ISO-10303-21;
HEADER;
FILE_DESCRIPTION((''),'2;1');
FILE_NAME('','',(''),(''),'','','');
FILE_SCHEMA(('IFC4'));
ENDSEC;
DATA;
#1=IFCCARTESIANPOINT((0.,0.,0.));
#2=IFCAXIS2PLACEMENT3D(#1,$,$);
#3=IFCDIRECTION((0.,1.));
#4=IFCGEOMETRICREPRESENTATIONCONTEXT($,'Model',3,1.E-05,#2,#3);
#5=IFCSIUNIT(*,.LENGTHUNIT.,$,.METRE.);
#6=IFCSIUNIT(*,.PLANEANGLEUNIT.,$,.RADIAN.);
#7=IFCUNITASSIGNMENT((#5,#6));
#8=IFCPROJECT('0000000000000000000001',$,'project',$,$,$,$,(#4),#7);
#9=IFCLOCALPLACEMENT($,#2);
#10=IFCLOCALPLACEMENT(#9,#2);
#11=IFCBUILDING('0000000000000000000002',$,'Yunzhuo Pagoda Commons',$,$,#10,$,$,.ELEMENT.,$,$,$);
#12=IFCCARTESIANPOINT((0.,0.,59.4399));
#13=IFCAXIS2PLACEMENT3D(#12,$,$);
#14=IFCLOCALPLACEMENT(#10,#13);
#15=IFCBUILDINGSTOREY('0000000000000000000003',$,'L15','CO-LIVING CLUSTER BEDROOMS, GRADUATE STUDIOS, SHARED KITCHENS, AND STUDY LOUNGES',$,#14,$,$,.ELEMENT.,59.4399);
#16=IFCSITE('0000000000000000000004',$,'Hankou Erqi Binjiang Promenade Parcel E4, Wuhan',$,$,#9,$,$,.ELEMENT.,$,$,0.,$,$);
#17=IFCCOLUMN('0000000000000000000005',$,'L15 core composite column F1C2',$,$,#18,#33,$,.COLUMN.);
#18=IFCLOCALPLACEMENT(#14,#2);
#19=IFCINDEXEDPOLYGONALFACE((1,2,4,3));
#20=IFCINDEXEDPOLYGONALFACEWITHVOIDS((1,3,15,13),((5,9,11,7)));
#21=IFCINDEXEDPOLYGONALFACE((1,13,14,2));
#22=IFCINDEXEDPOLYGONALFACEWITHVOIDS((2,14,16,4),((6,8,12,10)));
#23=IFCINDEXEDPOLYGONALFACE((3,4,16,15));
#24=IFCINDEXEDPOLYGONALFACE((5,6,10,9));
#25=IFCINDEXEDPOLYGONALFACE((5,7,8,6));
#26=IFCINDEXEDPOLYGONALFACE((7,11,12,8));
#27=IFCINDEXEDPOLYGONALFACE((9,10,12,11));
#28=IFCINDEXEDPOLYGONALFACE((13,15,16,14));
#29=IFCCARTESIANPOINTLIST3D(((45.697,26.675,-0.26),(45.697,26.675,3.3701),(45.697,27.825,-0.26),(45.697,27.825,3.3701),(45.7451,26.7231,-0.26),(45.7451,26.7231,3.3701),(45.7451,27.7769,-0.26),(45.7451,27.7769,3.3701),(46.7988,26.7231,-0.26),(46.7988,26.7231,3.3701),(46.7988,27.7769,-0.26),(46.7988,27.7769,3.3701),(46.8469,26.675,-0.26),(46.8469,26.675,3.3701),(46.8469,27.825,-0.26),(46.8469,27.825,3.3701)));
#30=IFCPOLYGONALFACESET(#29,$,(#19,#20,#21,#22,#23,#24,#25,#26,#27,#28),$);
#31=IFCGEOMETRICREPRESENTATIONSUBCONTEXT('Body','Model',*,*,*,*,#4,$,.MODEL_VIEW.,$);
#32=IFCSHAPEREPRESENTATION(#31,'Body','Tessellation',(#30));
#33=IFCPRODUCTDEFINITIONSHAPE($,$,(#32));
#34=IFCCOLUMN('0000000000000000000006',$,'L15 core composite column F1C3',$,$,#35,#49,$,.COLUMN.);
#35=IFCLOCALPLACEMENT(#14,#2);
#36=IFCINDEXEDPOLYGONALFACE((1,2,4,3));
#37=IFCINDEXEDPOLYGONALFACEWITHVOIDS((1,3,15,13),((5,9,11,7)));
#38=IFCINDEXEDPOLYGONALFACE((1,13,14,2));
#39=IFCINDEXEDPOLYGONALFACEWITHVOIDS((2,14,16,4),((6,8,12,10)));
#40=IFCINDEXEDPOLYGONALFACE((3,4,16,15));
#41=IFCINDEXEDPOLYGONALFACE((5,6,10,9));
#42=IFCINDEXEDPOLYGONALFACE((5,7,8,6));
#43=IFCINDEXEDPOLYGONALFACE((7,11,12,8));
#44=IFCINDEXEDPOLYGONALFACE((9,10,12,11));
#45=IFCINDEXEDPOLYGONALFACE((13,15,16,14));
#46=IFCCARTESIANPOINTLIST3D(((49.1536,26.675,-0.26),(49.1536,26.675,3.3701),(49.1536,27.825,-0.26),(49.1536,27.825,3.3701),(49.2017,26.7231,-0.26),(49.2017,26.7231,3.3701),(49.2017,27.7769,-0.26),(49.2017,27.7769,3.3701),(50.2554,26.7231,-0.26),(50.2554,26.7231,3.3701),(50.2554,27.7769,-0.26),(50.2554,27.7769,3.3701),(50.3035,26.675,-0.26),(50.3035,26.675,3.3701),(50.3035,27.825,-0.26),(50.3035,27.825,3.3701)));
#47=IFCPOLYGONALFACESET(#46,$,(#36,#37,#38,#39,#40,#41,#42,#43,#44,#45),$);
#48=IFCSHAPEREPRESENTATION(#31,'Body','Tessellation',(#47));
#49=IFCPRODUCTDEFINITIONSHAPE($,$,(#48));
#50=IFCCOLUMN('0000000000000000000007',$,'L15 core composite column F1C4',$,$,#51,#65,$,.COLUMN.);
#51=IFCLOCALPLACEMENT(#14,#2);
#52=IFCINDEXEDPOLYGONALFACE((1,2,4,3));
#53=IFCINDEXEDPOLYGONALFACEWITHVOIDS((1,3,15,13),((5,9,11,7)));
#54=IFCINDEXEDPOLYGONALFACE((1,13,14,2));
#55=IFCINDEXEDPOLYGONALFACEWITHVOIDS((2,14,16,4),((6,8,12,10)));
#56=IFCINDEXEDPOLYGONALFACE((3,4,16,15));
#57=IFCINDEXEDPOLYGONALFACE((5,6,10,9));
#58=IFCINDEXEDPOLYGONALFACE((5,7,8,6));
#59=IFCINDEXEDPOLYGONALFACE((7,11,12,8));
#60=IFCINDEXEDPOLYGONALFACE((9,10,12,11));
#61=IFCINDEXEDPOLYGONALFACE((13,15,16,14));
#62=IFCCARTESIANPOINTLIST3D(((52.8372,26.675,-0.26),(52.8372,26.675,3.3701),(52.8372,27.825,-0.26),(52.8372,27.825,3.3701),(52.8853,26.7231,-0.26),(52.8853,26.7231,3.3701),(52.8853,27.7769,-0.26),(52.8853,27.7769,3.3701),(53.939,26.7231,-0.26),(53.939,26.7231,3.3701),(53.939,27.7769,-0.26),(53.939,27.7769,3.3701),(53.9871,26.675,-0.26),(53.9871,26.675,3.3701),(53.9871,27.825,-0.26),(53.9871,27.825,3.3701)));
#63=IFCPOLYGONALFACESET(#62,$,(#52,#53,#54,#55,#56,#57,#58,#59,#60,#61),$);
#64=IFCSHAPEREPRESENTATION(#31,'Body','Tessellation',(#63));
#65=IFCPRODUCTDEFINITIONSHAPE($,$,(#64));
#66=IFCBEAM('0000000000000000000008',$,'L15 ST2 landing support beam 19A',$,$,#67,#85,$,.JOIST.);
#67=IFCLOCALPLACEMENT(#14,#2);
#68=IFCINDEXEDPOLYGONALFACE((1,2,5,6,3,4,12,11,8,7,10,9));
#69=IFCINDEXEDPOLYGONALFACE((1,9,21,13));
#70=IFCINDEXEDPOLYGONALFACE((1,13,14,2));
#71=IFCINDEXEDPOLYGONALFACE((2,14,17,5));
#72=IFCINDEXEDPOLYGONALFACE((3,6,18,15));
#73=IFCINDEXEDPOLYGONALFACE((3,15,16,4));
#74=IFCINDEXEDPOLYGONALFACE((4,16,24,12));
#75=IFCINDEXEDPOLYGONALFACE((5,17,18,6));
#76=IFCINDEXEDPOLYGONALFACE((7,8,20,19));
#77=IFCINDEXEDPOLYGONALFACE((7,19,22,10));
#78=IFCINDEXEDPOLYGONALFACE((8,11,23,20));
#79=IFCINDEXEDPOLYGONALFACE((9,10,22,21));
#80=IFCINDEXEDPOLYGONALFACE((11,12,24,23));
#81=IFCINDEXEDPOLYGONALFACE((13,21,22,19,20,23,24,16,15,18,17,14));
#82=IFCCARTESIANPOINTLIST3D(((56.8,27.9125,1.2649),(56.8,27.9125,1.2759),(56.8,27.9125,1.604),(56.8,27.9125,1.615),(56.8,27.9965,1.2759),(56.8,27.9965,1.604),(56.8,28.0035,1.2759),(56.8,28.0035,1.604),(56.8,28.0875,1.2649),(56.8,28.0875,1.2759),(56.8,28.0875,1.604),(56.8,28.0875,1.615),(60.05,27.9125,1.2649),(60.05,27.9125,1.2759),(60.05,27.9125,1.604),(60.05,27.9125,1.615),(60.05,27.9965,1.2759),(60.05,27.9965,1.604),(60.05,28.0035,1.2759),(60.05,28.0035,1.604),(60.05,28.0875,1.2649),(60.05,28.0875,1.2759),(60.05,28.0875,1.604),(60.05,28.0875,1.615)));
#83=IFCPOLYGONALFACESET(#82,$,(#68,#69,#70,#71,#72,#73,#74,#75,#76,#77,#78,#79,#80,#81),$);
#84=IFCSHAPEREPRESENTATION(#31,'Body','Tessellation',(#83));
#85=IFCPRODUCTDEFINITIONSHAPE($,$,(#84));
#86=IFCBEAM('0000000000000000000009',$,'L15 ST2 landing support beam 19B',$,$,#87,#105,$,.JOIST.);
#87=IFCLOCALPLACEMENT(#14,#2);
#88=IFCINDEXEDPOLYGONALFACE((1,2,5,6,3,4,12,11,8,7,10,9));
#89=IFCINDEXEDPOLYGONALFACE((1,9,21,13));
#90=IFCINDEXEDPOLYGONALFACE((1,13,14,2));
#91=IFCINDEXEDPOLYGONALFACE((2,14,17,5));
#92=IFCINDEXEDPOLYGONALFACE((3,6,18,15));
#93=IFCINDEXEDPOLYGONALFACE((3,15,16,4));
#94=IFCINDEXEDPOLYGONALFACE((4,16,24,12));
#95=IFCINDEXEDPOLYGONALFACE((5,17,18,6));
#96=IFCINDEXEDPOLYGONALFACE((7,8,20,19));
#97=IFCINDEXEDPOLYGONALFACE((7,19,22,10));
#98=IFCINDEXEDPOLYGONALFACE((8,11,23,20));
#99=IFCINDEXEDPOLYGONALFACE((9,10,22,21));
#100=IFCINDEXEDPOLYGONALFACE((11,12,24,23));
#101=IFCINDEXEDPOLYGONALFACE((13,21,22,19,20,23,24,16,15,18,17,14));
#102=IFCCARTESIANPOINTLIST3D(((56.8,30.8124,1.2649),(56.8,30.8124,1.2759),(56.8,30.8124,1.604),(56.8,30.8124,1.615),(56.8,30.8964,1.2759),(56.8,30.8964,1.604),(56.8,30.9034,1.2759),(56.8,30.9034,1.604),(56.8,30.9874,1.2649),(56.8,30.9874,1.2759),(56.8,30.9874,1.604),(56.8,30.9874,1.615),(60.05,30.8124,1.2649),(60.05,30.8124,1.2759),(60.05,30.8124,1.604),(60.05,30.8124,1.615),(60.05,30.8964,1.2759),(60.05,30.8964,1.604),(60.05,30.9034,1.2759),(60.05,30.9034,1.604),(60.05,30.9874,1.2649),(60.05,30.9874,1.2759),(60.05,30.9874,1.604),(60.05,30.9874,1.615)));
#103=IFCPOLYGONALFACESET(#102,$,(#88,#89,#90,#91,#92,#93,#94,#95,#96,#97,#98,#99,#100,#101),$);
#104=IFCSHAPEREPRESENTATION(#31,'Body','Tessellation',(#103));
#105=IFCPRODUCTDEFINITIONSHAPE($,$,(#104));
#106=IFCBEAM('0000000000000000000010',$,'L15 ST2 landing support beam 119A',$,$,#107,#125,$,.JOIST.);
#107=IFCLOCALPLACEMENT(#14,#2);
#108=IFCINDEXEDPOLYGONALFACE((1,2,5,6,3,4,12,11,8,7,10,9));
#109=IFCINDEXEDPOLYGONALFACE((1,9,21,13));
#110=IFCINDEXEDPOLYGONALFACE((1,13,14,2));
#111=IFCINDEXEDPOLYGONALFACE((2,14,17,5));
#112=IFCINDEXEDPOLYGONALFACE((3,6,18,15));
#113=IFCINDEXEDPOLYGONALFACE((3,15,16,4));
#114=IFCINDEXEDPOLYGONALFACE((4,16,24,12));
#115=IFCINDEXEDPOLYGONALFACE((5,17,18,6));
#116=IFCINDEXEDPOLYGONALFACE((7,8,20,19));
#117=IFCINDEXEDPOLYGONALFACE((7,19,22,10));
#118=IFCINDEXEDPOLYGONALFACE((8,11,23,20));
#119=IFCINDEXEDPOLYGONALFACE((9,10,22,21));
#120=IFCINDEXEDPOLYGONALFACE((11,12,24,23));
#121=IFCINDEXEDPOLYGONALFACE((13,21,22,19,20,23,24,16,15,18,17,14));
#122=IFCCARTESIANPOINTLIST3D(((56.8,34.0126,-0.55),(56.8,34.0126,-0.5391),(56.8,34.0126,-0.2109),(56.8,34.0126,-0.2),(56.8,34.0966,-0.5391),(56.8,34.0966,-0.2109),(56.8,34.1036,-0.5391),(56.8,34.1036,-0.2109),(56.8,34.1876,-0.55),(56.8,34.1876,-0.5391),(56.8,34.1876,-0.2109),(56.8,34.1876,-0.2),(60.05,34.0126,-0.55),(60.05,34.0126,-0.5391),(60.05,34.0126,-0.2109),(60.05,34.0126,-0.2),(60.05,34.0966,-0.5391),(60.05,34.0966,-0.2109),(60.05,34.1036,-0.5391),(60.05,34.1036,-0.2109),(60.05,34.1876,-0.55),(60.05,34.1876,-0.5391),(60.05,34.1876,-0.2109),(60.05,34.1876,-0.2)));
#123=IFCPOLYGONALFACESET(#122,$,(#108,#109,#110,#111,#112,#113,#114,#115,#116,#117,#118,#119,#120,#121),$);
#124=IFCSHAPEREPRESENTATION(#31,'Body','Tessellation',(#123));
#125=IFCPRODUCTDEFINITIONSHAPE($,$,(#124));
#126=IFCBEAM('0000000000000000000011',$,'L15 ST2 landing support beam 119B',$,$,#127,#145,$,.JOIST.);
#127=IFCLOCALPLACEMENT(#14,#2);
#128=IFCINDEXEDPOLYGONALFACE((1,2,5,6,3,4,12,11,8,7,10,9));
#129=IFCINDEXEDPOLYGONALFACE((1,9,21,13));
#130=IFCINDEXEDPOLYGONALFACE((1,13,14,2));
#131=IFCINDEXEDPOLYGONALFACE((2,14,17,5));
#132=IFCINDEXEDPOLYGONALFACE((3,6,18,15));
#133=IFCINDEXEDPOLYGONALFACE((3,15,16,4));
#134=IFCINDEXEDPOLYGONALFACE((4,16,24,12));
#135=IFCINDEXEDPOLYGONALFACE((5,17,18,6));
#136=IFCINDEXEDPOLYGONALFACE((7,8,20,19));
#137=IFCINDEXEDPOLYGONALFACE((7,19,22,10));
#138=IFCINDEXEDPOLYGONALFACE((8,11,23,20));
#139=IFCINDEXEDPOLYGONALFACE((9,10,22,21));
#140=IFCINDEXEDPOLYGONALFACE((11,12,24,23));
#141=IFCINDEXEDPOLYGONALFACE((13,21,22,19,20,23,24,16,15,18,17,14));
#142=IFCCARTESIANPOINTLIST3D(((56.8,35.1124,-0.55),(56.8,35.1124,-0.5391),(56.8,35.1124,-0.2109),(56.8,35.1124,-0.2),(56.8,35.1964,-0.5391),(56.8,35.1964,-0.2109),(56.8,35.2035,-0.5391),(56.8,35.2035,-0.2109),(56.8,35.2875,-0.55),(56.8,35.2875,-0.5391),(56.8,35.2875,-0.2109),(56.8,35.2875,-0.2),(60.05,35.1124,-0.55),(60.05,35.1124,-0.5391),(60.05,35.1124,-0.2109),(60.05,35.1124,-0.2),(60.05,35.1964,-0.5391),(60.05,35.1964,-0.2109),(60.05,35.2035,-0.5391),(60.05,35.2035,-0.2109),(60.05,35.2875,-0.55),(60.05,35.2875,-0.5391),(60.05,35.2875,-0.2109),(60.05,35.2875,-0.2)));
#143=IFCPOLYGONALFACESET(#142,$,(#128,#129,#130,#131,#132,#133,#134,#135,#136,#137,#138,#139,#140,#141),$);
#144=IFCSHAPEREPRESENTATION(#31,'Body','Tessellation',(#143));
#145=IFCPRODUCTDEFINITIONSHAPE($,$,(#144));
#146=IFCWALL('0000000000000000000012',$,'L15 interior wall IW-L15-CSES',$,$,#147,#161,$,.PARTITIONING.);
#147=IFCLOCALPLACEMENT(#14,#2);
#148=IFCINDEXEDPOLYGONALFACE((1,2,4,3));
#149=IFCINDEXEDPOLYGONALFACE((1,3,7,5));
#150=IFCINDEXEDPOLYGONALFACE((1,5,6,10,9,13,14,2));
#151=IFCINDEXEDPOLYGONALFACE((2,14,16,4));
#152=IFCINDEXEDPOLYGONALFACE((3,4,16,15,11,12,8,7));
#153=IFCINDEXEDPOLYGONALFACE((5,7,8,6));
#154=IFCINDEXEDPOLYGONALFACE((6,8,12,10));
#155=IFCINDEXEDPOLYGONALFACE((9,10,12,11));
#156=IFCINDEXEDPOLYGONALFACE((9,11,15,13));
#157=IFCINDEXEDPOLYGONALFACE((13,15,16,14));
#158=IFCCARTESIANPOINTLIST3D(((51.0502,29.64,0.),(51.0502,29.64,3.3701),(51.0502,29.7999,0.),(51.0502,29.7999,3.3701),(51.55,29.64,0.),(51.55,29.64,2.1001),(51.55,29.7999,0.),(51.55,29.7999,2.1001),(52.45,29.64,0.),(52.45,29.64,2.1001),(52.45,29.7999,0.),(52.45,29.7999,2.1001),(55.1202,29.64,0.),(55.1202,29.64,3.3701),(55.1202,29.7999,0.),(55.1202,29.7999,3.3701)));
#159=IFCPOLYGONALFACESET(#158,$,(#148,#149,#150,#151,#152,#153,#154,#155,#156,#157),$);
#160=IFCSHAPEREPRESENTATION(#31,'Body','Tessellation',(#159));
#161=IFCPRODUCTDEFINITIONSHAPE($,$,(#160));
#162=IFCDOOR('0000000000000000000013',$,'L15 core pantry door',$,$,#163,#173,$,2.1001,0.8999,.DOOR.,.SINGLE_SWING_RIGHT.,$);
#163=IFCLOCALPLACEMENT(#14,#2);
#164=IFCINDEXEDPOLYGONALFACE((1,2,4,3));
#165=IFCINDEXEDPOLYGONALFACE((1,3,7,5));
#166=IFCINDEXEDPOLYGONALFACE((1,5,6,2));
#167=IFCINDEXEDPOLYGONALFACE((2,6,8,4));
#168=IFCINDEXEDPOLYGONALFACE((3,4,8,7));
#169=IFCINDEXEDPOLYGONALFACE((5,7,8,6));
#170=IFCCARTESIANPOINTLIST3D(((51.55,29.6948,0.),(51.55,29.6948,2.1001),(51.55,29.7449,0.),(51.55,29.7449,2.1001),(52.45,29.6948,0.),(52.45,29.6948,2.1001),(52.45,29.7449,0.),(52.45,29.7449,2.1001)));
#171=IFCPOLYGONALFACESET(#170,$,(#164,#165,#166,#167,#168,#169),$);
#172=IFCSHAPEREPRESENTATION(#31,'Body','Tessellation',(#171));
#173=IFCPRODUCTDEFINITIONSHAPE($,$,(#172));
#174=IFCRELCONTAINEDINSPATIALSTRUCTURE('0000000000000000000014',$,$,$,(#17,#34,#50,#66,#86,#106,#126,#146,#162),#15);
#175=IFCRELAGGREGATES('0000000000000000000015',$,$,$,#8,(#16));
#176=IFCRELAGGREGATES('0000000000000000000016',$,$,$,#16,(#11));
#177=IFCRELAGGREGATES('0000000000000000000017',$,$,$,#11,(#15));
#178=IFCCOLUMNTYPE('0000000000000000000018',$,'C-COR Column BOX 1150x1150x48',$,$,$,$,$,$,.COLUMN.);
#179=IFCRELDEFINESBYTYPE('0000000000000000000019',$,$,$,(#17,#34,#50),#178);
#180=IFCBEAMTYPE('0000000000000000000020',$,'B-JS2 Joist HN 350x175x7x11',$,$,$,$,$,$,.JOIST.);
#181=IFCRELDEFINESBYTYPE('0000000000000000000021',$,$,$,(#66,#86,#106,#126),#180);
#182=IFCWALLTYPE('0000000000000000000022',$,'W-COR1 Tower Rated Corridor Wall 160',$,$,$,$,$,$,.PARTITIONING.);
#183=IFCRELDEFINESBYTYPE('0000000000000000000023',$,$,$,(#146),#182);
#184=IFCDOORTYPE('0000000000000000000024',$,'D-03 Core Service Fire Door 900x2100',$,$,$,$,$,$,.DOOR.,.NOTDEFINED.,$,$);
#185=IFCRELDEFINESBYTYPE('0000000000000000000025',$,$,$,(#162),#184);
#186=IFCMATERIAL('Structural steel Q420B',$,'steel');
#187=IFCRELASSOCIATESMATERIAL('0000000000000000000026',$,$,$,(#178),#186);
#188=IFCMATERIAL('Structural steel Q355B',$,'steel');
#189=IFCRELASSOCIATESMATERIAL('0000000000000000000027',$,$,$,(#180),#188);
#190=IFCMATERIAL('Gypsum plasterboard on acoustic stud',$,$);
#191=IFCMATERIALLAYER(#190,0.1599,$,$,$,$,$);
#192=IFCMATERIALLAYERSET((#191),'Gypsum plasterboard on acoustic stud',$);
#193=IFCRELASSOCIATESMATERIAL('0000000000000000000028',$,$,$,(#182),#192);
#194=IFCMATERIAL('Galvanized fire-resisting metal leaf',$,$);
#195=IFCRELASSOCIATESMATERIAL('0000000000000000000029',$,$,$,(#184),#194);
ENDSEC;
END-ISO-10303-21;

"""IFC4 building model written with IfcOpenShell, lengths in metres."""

from ifc_helpers import new_model, si_unit, direction, frame, frame_2d, origin, origin_with_axes, origin_2d, place, context, subcontext, project, spatial, rectangle, hollow_rectangle, i_section, extrude, source, transform, mapped, material, layer, layer_set, material_profile, profile_set, type_object, element, fill, save


model = new_model("IFC4")

# Units and contexts
model_context = context("Model", 3, precision=1e-05, world=origin(), true_north=direction((0.0, 1.0)))
body_context = subcontext(model_context, "Body", "Model", "MODEL_VIEW")
ifc_project = project(units=[si_unit("LENGTHUNIT", "METRE"), si_unit("PLANEANGLEUNIT", "RADIAN")], contexts=[model_context])

# Site, building, storey
site_placement = place(None, origin())
site = spatial("IfcSite", under=ifc_project, at=site_placement, Name="Hankou Erqi Binjiang Promenade Parcel E4, Wuhan", CompositionType="ELEMENT", RefElevation=0.0)
building_placement = place(site_placement, origin())
building = spatial("IfcBuilding", under=site, at=building_placement, Name="Yunzhuo Pagoda Commons", CompositionType="ELEMENT")
storey_placement = place(building_placement, frame((0.0, 0.0, 59.4399)))
storey = spatial("IfcBuildingStorey", under=building, at=storey_placement, Name="L15", Description="CO-LIVING CLUSTER BEDROOMS, GRADUATE STUDIOS, SHARED KITCHENS, AND STUDY LOUNGES", CompositionType="ELEMENT", Elevation=59.4399)

# Columns
ifc_material_1 = material(Name="Structural steel Q420B", Category="steel")
ifc_material_profile_1 = material_profile(ifc_material_1, hollow_rectangle(XDim=1.1499, YDim=1.1499, WallThickness=0.0481, at=origin_2d()), Name="Structural steel Q420B")
ifc_profile_set_1 = profile_set([ifc_material_profile_1], Name="Structural steel Q420B")
column_type = type_object("IfcColumnType", Name="C-COR Column BOX 1150x1150x48", PredefinedType="COLUMN", material=ifc_profile_set_1)
shared_shape_1 = source(origin(), body_context, "Body", "SweptSolid", [
    extrude(hollow_rectangle(XDim=1.1499, YDim=1.1499, WallThickness=0.0481, at=origin_2d()), origin(), (0.0, 0.0, 1.0), 3.6301),
])
for number, where, z_axis, x_axis, name in (
    (1, (46.272, 27.25, -0.26), (0.0, 0.0, 1.0), (1.0, 0.0, 0.0), "L15 core composite column F1C2"),
    (2, (49.7285, 27.25, -0.26), (0.0, 0.0, 1.0), (1.0, 0.0, 0.0), "L15 core composite column F1C3"),
    (3, (53.4121, 27.25, -0.26), (0.0, 0.0, 1.0), (1.0, 0.0, 0.0), "L15 core composite column F1C4"),
):
    element("IfcColumn", number, at=place(storey_placement, frame(where, z_axis=z_axis, x_axis=x_axis)), inside=storey, type_object=column_type, Name=name, PredefinedType="COLUMN", context=body_context, shape_type="MappedRepresentation", body=[
        mapped(shared_shape_1, transform((0.0, 0.0, 0.0), scale=1.0)),
    ])

# Beams
ifc_material_2 = material(Name="Structural steel Q355B", Category="steel")
ifc_material_profile_2 = material_profile(ifc_material_2, i_section(OverallWidth=0.175, OverallDepth=0.3501, WebThickness=0.0071, FlangeThickness=0.011, at=origin_2d()), Name="Structural steel Q355B")
ifc_profile_set_2 = profile_set([ifc_material_profile_2], Name="Structural steel Q355B")
beam_type = type_object("IfcBeamType", Name="B-JS2 Joist HN 350x175x7x11", PredefinedType="JOIST", material=ifc_profile_set_2)
shared_shape_2 = source(origin(), body_context, "Body", "SweptSolid", [
    extrude(i_section(OverallWidth=0.175, OverallDepth=0.3501, WebThickness=0.0071, FlangeThickness=0.011, at=origin_2d()), origin(), (0.0, 0.0, 1.0), 3.25),
])
for number, where, z_axis, x_axis, name in (
    (4, (56.8, 28.0, 1.4399), (1.0, 0.0, 0.0), (0.0, 1.0, 0.0), "L15 ST2 landing support beam 19A"),
    (5, (56.8, 30.8999, 1.4399), (1.0, 0.0, 0.0), (0.0, 1.0, 0.0), "L15 ST2 landing support beam 19B"),
    (6, (56.8, 34.1001, -0.375), (1.0, 0.0, 0.0), (0.0, 1.0, 0.0), "L15 ST2 landing support beam 119A"),
    (7, (56.8, 35.2, -0.375), (1.0, 0.0, 0.0), (0.0, 1.0, 0.0), "L15 ST2 landing support beam 119B"),
):
    element("IfcBeam", number, at=place(storey_placement, frame(where, z_axis=z_axis, x_axis=x_axis)), inside=storey, type_object=beam_type, Name=name, PredefinedType="JOIST", context=body_context, shape_type="MappedRepresentation", body=[
        mapped(shared_shape_2, transform((0.0, 0.0, 0.0), scale=1.0)),
    ])

# Wall, opening, door
ifc_material_3 = material(Name="Gypsum plasterboard on acoustic stud")
ifc_layer_1 = layer(ifc_material_3, 0.1599)
ifc_layer_set_1 = layer_set([ifc_layer_1], Name="Gypsum plasterboard on acoustic stud")
wall_type_1 = type_object("IfcWallType", Name="W-COR1 Tower Rated Corridor Wall 160", PredefinedType="PARTITIONING", material=ifc_layer_set_1)
wall_1_placement = place(storey_placement, frame((51.05, 29.72, 0.0), z_axis=(0.0, 0.0, 1.0), x_axis=(1.0, 0.0, 0.0)))
wall_1 = element("IfcWall", 8, at=wall_1_placement, inside=storey, type_object=wall_type_1, Name="L15 interior wall IW-L15-CSES", PredefinedType="PARTITIONING", context=body_context, shape_type="SweptSolid", body=[
    extrude(rectangle(XDim=4.0701, YDim=0.1599, at=frame_2d((2.0352, 0.0))), origin(), (0.0, 0.0, 1.0), 3.3701),
])
opening_1_placement = place(wall_1_placement, frame((0.5, 0.0, 0.0)))
opening_1 = element("IfcOpeningElement", 9, at=opening_1_placement, cuts=wall_1, PredefinedType="OPENING", context=body_context, shape_type="SweptSolid", body=[
    extrude(rectangle(XDim=0.8999, YDim=2.1001, at=frame_2d((0.45, 1.05))), frame((0.0, 0.0898, 0.0), z_axis=(0.0, -1.0, 0.0), x_axis=(1.0, 0.0, 0.0)), (0.0, 0.0, 1.0), 0.1799),
])
ifc_material_4 = material(Name="Galvanized fire-resisting metal leaf")
door_type_1 = type_object("IfcDoorType", Name="D-03 Core Service Fire Door 900x2100", OperationType="NOTDEFINED", PredefinedType="DOOR", material=ifc_material_4)
shared_shape_3 = source(origin(), body_context, "Body", "SweptSolid", [
    extrude(rectangle(XDim=0.8999, YDim=2.1001, at=frame_2d((0.45, 1.05))), frame((0.0, 0.0249, 0.0), z_axis=(0.0, -1.0, 0.0), x_axis=(1.0, 0.0, 0.0)), (0.0, 0.0, 1.0), 0.05),
])
door_1_placement = place(opening_1_placement, origin_with_axes())
door_1 = element("IfcDoor", 10, at=door_1_placement, inside=storey, type_object=door_type_1, Name="L15 core pantry door", OperationType="SINGLE_SWING_RIGHT", OverallHeight=2.1001, OverallWidth=0.8999, PredefinedType="DOOR", context=body_context, shape_type="MappedRepresentation", body=[
    mapped(shared_shape_3, transform((0.0, 0.0, 0.0), scale=1.0)),
])
fill(opening_1, door_1)

save(model, "model.ifc")
